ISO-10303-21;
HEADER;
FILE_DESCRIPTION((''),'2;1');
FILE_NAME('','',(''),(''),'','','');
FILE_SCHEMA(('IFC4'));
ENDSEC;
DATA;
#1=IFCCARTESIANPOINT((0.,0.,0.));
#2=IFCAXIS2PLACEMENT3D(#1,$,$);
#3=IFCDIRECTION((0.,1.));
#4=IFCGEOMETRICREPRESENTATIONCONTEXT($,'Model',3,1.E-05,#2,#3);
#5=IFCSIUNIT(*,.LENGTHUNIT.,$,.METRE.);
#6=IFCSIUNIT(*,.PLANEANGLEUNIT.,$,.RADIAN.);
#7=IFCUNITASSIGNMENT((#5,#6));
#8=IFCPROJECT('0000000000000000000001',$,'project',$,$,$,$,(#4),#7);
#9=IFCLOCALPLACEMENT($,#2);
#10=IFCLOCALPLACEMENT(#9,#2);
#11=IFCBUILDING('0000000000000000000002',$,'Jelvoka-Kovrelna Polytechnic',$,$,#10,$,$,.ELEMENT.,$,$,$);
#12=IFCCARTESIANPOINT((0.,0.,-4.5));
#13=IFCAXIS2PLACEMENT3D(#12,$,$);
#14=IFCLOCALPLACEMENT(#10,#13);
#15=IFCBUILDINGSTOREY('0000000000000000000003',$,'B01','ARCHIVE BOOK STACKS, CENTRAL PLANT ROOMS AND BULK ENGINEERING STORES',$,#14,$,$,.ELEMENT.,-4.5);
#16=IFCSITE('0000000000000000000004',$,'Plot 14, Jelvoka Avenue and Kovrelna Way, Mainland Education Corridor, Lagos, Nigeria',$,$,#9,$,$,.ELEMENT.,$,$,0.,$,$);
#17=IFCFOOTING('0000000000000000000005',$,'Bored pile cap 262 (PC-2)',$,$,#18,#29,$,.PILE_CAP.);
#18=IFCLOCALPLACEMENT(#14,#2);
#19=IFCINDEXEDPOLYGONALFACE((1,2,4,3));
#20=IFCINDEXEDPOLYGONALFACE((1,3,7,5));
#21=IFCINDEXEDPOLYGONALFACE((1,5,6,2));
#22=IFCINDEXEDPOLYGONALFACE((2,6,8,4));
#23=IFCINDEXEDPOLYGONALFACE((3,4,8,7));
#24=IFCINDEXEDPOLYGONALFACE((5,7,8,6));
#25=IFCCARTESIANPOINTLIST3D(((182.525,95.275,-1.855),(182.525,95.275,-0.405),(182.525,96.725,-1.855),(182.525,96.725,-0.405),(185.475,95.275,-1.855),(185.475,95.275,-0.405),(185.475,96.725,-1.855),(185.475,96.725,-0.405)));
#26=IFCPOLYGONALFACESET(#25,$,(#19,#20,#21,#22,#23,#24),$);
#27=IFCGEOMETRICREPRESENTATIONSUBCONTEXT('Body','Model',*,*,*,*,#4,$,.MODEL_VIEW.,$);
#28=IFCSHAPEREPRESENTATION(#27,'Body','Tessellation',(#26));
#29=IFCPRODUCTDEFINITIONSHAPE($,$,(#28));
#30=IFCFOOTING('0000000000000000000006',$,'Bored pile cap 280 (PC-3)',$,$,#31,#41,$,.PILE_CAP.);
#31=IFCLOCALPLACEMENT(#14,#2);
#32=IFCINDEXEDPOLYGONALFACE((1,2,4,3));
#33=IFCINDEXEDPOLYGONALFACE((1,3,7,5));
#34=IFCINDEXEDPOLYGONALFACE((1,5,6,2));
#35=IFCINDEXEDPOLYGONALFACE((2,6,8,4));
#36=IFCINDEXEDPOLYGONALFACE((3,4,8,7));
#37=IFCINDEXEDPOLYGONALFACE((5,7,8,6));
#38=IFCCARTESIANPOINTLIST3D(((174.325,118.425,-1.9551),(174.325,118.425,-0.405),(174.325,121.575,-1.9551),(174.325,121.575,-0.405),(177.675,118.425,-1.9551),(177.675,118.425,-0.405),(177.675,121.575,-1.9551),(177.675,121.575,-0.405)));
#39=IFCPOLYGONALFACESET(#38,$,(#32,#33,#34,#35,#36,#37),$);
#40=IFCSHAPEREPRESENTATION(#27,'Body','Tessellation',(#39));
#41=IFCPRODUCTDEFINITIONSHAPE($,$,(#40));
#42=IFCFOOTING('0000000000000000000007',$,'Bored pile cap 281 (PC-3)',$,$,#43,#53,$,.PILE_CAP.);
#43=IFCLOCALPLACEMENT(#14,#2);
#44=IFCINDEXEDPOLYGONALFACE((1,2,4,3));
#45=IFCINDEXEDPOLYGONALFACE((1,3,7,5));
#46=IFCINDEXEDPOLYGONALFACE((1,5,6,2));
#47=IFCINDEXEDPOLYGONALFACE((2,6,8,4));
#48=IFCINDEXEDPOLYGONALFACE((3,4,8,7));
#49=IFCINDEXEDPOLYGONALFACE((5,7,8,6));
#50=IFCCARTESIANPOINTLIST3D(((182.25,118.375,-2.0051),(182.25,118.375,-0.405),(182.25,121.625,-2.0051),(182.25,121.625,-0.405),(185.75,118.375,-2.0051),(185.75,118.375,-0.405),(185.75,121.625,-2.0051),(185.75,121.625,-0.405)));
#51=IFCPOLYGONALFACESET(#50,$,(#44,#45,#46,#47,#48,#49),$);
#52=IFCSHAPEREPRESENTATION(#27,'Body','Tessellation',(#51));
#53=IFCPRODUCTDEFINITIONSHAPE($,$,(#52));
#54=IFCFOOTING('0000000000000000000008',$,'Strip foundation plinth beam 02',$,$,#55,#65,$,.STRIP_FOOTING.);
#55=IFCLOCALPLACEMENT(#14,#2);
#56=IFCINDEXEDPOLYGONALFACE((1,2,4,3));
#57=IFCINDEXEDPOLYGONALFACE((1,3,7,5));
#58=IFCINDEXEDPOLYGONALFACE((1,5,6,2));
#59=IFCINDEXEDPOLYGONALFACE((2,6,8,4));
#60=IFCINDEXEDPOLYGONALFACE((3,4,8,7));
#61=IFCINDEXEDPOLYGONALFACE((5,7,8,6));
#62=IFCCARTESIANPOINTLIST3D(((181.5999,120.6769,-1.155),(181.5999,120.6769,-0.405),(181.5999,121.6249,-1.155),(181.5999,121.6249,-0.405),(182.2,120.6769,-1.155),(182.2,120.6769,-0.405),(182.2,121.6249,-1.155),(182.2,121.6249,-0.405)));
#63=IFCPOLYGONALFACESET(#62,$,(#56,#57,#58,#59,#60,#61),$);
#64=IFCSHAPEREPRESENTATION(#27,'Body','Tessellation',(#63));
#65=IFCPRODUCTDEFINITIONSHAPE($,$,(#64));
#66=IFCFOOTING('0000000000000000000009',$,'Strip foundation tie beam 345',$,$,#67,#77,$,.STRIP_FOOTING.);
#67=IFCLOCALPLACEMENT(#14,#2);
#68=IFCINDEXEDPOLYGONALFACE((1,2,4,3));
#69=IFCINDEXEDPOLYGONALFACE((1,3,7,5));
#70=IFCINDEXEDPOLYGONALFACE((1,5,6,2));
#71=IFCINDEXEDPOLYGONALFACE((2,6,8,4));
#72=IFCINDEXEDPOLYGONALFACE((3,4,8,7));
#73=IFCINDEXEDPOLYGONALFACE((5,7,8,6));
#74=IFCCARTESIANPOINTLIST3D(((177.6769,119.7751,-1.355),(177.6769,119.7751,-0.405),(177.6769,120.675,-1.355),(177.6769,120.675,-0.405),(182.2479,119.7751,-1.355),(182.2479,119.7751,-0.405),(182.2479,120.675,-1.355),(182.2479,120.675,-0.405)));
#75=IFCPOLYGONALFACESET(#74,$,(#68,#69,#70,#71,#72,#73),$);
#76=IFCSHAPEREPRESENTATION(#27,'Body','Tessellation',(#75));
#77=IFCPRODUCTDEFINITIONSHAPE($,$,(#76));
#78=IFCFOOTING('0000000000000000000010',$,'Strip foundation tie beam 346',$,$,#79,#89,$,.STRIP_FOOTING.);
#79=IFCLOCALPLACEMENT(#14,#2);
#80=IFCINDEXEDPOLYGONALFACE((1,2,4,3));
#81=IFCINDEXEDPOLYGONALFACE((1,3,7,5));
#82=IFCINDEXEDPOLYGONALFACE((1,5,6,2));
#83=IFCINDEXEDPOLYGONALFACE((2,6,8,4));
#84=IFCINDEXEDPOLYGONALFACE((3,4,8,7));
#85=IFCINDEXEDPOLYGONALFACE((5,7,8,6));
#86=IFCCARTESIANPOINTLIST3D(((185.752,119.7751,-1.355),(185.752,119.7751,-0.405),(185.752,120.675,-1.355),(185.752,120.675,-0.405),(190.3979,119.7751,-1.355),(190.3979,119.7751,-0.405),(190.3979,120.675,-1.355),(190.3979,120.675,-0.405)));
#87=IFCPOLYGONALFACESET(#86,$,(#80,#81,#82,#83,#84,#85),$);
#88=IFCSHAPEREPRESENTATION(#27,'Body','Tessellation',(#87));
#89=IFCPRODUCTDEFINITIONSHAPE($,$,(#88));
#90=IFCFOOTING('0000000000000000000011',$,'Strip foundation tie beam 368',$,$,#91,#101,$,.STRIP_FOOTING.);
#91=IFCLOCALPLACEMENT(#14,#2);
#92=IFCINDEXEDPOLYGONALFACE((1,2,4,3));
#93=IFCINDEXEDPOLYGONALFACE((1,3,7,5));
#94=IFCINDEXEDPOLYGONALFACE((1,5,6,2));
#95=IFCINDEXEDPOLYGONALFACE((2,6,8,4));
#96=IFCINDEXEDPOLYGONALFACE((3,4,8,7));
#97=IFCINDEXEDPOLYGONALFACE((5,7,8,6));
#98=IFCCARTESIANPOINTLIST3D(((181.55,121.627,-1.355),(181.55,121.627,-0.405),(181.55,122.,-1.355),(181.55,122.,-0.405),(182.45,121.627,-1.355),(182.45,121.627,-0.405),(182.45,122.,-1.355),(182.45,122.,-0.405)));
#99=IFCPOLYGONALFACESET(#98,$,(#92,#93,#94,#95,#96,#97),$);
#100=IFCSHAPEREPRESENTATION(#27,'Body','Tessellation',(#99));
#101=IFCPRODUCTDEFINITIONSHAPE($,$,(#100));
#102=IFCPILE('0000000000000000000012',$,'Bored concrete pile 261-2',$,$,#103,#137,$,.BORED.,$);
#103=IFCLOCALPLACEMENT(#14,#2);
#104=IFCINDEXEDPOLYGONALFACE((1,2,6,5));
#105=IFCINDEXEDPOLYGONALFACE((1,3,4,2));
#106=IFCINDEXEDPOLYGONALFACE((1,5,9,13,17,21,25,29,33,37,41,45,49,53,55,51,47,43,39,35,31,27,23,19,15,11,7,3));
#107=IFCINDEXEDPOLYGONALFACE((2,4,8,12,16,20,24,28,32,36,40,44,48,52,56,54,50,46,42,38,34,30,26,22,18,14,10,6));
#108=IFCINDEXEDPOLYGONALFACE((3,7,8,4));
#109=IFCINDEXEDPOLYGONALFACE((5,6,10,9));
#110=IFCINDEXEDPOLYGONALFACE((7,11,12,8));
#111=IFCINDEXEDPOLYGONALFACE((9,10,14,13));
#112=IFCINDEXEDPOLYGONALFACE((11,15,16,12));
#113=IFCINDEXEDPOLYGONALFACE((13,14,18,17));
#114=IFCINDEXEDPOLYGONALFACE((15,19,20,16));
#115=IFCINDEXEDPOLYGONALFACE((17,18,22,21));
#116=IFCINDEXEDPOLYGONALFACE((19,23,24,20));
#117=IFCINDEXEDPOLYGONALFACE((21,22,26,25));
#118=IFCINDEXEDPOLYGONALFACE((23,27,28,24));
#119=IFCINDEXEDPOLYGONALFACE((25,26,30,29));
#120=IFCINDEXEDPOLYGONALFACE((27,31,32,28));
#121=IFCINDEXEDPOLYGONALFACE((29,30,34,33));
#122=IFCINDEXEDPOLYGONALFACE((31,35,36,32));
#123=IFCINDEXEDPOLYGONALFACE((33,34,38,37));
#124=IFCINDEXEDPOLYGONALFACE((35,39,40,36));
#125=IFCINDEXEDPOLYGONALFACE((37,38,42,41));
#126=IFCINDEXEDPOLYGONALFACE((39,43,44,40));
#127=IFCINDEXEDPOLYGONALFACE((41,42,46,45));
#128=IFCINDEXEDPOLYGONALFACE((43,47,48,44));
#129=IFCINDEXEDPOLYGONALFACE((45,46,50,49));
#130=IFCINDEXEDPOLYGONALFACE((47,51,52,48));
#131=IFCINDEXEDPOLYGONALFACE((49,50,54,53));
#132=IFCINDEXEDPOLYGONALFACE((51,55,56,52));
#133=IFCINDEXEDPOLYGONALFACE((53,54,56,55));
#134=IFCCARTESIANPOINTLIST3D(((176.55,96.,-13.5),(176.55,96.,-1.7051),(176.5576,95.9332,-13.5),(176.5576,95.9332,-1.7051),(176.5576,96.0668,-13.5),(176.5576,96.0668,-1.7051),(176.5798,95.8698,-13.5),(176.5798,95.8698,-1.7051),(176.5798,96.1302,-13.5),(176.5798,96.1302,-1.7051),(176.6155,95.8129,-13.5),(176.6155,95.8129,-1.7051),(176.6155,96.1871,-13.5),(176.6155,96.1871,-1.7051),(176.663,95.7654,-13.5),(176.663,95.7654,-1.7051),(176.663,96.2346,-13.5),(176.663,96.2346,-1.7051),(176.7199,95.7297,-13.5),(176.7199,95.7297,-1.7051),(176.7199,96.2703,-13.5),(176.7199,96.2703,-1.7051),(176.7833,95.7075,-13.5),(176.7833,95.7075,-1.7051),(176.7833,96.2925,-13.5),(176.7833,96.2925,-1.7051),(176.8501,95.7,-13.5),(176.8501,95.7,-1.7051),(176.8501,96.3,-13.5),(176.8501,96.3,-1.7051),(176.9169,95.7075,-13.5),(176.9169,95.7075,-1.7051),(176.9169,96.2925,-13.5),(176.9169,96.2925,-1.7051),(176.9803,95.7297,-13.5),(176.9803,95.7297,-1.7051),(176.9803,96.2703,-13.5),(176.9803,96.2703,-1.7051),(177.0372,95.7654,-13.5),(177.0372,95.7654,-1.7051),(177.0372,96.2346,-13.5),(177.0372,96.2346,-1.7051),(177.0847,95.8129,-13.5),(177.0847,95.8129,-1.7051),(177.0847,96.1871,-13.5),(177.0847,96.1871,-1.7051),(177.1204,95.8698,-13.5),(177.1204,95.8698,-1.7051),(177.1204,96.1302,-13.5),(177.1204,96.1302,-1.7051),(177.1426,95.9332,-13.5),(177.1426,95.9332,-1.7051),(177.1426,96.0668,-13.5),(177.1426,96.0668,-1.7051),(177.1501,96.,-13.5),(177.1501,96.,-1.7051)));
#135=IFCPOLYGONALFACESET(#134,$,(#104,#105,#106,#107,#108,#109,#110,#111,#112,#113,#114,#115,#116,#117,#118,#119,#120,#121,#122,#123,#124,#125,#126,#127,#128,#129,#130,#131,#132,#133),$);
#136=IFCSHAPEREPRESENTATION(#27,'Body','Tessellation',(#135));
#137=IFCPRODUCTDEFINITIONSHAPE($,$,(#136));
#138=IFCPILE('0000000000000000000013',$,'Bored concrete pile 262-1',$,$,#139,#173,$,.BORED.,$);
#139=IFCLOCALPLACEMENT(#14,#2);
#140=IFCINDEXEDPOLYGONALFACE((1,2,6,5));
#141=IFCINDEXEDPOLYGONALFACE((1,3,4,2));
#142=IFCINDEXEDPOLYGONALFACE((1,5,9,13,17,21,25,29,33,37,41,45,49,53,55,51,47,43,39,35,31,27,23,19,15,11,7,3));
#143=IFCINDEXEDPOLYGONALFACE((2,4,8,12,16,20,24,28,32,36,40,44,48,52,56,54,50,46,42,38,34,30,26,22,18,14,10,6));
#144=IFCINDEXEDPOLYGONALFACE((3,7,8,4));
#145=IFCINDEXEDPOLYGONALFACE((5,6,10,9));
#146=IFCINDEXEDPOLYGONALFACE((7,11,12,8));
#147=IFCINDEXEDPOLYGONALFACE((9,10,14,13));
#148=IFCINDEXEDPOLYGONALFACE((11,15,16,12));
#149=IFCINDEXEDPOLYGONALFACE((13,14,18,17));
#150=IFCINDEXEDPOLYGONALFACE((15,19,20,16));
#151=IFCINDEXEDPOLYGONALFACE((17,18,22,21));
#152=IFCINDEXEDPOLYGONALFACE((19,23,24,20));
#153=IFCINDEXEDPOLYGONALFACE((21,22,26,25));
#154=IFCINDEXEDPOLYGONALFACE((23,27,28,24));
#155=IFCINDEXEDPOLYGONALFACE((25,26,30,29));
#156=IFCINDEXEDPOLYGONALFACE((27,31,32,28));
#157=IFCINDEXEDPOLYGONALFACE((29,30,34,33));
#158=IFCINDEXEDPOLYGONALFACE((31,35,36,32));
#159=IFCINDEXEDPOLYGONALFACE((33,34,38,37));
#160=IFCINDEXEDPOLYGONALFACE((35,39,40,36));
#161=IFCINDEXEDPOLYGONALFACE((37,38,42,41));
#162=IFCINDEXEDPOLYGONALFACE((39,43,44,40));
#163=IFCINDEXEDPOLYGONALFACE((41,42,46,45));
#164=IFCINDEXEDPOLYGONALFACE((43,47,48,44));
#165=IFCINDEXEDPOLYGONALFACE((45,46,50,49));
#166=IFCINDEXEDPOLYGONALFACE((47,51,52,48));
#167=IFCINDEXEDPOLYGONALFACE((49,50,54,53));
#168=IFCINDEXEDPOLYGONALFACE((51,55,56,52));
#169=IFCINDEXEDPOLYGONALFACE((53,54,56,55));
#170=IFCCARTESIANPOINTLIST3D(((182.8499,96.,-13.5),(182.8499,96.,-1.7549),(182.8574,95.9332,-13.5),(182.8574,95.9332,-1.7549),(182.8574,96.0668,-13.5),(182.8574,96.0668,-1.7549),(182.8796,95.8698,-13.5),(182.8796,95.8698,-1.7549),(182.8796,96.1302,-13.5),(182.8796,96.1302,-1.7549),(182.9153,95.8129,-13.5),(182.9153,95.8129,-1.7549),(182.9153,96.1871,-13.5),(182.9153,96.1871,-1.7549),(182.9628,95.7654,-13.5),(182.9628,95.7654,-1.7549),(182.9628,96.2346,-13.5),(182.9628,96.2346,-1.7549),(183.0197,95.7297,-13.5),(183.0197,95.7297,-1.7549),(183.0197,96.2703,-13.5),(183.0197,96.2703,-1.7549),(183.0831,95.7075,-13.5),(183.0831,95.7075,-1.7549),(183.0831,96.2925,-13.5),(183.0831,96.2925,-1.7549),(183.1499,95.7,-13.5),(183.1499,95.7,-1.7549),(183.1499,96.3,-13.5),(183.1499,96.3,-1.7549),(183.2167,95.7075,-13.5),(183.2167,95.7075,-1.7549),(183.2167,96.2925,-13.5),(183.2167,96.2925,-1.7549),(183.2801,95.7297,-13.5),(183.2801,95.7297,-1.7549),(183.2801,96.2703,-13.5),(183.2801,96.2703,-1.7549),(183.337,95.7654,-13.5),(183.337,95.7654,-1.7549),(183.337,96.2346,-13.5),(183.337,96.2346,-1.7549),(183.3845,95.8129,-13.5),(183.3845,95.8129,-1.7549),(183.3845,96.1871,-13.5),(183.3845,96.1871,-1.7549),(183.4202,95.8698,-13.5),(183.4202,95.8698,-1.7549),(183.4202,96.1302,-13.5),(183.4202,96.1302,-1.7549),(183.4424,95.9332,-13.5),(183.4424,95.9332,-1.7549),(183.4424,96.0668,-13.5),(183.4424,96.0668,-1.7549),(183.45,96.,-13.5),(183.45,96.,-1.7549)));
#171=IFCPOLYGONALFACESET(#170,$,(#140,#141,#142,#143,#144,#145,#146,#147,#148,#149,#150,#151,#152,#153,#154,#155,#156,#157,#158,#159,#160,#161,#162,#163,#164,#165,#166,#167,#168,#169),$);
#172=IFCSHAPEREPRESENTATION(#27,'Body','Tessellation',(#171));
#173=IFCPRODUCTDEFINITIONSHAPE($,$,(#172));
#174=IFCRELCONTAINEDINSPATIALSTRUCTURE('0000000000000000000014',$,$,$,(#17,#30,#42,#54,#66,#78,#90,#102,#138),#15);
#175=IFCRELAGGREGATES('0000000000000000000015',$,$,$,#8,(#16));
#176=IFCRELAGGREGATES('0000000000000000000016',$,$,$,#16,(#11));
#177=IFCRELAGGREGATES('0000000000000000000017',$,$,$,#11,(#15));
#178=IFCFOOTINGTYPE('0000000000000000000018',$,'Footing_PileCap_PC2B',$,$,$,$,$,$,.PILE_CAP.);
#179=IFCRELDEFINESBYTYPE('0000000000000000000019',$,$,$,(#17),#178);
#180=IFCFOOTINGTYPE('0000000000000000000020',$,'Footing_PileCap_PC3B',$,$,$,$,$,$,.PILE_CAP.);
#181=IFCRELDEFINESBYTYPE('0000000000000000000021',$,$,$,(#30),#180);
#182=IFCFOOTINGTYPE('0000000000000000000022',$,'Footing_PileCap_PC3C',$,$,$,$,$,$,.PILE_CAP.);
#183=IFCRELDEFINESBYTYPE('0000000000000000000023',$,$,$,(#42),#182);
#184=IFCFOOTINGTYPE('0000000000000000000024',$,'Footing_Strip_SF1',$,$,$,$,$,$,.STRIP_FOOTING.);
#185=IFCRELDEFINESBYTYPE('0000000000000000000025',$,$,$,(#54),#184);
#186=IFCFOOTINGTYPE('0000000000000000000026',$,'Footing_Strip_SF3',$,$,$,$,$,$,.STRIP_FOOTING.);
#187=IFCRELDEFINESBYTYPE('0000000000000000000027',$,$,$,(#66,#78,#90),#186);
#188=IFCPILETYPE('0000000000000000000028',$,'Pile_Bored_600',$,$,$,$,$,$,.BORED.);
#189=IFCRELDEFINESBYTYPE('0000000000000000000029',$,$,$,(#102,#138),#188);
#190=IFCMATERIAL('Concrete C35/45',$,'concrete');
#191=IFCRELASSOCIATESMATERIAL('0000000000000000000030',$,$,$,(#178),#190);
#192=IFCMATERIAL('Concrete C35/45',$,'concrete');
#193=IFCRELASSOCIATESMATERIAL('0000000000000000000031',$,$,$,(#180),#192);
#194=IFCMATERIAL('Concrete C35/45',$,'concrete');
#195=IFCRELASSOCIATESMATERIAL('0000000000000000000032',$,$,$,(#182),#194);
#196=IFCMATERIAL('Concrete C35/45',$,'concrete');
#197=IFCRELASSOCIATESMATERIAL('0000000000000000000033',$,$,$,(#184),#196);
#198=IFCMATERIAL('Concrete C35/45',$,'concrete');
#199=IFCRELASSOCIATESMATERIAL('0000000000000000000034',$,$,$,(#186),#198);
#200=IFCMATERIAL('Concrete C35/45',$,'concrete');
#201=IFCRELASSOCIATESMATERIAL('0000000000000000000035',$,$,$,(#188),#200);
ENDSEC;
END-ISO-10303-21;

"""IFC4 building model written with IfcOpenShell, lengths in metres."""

from ifc_helpers import new_model, si_unit, direction, frame, origin, origin_2d, place, context, subcontext, project, spatial, rectangle, circle, extrude, material, material_profile, profile_set, type_object, element, save


model = new_model("IFC4")

# Units and contexts
model_context = context("Model", 3, precision=1e-05, world=origin(), true_north=direction((0.0, 1.0)))
body_context = subcontext(model_context, "Body", "Model", "MODEL_VIEW")
ifc_project = project(units=[si_unit("LENGTHUNIT", "METRE"), si_unit("PLANEANGLEUNIT", "RADIAN")], contexts=[model_context])

# Site, building, storey
site_placement = place(None, origin())
site = spatial("IfcSite", under=ifc_project, at=site_placement, Name="Plot 14, Jelvoka Avenue and Kovrelna Way, Mainland Education Corridor, Lagos, Nigeria", CompositionType="ELEMENT", RefElevation=0.0)
building_placement = place(site_placement, origin())
building = spatial("IfcBuilding", under=site, at=building_placement, Name="Jelvoka-Kovrelna Polytechnic", CompositionType="ELEMENT")
storey_placement = place(building_placement, frame((0.0, 0.0, -4.5)))
storey = spatial("IfcBuildingStorey", under=building, at=storey_placement, Name="B01", Description="ARCHIVE BOOK STACKS, CENTRAL PLANT ROOMS AND BULK ENGINEERING STORES", CompositionType="ELEMENT", Elevation=-4.5)

# Footings
ifc_material_1 = material(Name="Concrete C35/45", Category="concrete")
footing_type_1 = type_object("IfcFootingType", Name="Footing_PileCap_PC2B", PredefinedType="PILE_CAP", material=ifc_material_1)
footing_1_placement = place(storey_placement, frame((184.0, 96.0, -1.855), z_axis=(0.0, 0.0, 1.0), x_axis=(1.0, 0.0, 0.0)))
element("IfcFooting", 1, at=footing_1_placement, inside=storey, type_object=footing_type_1, Name="Bored pile cap 262 (PC-2)", PredefinedType="PILE_CAP", context=body_context, shape_type="SweptSolid", body=[
    extrude(rectangle(XDim=2.95, YDim=1.45, at=origin_2d()), origin(), (0.0, 0.0, 1.0), 1.45),
])
ifc_material_2 = material(Name="Concrete C35/45", Category="concrete")
footing_type_2 = type_object("IfcFootingType", Name="Footing_PileCap_PC3B", PredefinedType="PILE_CAP", material=ifc_material_2)
footing_2_placement = place(storey_placement, frame((176.0, 120.0, -1.9551), z_axis=(0.0, 0.0, 1.0), x_axis=(1.0, 0.0, 0.0)))
element("IfcFooting", 2, at=footing_2_placement, inside=storey, type_object=footing_type_2, Name="Bored pile cap 280 (PC-3)", PredefinedType="PILE_CAP", context=body_context, shape_type="SweptSolid", body=[
    extrude(rectangle(XDim=3.3501, YDim=3.1499, at=origin_2d()), origin(), (0.0, 0.0, 1.0), 1.55),
])
ifc_material_3 = material(Name="Concrete C35/45", Category="concrete")
footing_type_3 = type_object("IfcFootingType", Name="Footing_PileCap_PC3C", PredefinedType="PILE_CAP", material=ifc_material_3)
footing_3_placement = place(storey_placement, frame((184.0, 120.0, -2.0051), z_axis=(0.0, 0.0, 1.0), x_axis=(1.0, 0.0, 0.0)))
element("IfcFooting", 3, at=footing_3_placement, inside=storey, type_object=footing_type_3, Name="Bored pile cap 281 (PC-3)", PredefinedType="PILE_CAP", context=body_context, shape_type="SweptSolid", body=[
    extrude(rectangle(XDim=3.5, YDim=3.25, at=origin_2d()), origin(), (0.0, 0.0, 1.0), 1.6001),
])
ifc_material_4 = material(Name="Concrete C35/45", Category="concrete")
footing_type_4 = type_object("IfcFootingType", Name="Footing_Strip_SF1", PredefinedType="STRIP_FOOTING", material=ifc_material_4)
footing_4_placement = place(storey_placement, frame((181.8999, 121.1509, -1.155), z_axis=(0.0, 0.0, 1.0), x_axis=(0.0, 1.0, 0.0)))
element("IfcFooting", 4, at=footing_4_placement, inside=storey, type_object=footing_type_4, Name="Strip foundation plinth beam 02", PredefinedType="STRIP_FOOTING", context=body_context, shape_type="SweptSolid", body=[
    extrude(rectangle(XDim=0.948, YDim=0.6001, at=origin_2d()), origin(), (0.0, 0.0, 1.0), 0.75),
])
ifc_material_5 = material(Name="Concrete C35/45", Category="concrete")
footing_type_5 = type_object("IfcFootingType", Name="Footing_Strip_SF3", PredefinedType="STRIP_FOOTING", material=ifc_material_5)
footing_5_placement = place(storey_placement, frame((179.9624, 120.2251, -1.355), z_axis=(0.0, 0.0, 1.0), x_axis=(1.0, 0.0, 0.0)))
element("IfcFooting", 5, at=footing_5_placement, inside=storey, type_object=footing_type_5, Name="Strip foundation tie beam 345", PredefinedType="STRIP_FOOTING", context=body_context, shape_type="SweptSolid", body=[
    extrude(rectangle(XDim=4.571, YDim=0.8999, at=origin_2d()), origin(), (0.0, 0.0, 1.0), 0.95),
])
footing_6_placement = place(storey_placement, frame((188.075, 120.2251, -1.355), z_axis=(0.0, 0.0, 1.0), x_axis=(1.0, 0.0, 0.0)))
element("IfcFooting", 6, at=footing_6_placement, inside=storey, type_object=footing_type_5, Name="Strip foundation tie beam 346", PredefinedType="STRIP_FOOTING", context=body_context, shape_type="SweptSolid", body=[
    extrude(rectangle(XDim=4.646, YDim=0.8999, at=origin_2d()), origin(), (0.0, 0.0, 1.0), 0.95),
])
footing_7_placement = place(storey_placement, frame((182.0, 121.8135, -1.355), z_axis=(0.0, 0.0, 1.0), x_axis=(0.0, 1.0, 0.0)))
element("IfcFooting", 7, at=footing_7_placement, inside=storey, type_object=footing_type_5, Name="Strip foundation tie beam 368", PredefinedType="STRIP_FOOTING", context=body_context, shape_type="SweptSolid", body=[
    extrude(rectangle(XDim=0.373, YDim=0.8999, at=origin_2d()), origin(), (0.0, 0.0, 1.0), 0.95),
])

# Piles
ifc_material_6 = material(Name="Concrete C35/45", Category="concrete")
ifc_material_profile_1 = material_profile(ifc_material_6, circle(Radius=0.3, at=origin_2d()), Name="PILE D600")
ifc_profile_set_1 = profile_set([ifc_material_profile_1], Name="Concrete C35/45")
pile_type_1 = type_object("IfcPileType", Name="Pile_Bored_600", PredefinedType="BORED", material=ifc_profile_set_1)
pile_placement = place(storey_placement, frame((176.8501, 96.0, -1.7051), z_axis=(0.0, 0.0, -1.0), x_axis=(1.0, 0.0, 0.0)))
element("IfcPile", 8, at=pile_placement, inside=storey, type_object=pile_type_1, Name="Bored concrete pile 261-2", PredefinedType="BORED", context=body_context, shape_type="SweptSolid", body=[
    extrude(circle(Radius=0.3, at=origin_2d()), origin(), (0.0, 0.0, 1.0), 11.7949),
])
for number, where, z_axis, x_axis, name in (
    (9, (183.1499, 96.0, -1.7549), (0.0, 0.0, -1.0), (1.0, 0.0, 0.0), "Bored concrete pile 262-1"),
):
    element("IfcPile", number, at=place(storey_placement, frame(where, z_axis=z_axis, x_axis=x_axis)), inside=storey, type_object=pile_type_1, Name=name, PredefinedType="BORED", context=body_context, shape_type="SweptSolid", body=[
        extrude(circle(Radius=0.3, at=origin_2d()), origin(), (0.0, 0.0, 1.0), 11.7451),
    ])

save(model, "model.ifc")
